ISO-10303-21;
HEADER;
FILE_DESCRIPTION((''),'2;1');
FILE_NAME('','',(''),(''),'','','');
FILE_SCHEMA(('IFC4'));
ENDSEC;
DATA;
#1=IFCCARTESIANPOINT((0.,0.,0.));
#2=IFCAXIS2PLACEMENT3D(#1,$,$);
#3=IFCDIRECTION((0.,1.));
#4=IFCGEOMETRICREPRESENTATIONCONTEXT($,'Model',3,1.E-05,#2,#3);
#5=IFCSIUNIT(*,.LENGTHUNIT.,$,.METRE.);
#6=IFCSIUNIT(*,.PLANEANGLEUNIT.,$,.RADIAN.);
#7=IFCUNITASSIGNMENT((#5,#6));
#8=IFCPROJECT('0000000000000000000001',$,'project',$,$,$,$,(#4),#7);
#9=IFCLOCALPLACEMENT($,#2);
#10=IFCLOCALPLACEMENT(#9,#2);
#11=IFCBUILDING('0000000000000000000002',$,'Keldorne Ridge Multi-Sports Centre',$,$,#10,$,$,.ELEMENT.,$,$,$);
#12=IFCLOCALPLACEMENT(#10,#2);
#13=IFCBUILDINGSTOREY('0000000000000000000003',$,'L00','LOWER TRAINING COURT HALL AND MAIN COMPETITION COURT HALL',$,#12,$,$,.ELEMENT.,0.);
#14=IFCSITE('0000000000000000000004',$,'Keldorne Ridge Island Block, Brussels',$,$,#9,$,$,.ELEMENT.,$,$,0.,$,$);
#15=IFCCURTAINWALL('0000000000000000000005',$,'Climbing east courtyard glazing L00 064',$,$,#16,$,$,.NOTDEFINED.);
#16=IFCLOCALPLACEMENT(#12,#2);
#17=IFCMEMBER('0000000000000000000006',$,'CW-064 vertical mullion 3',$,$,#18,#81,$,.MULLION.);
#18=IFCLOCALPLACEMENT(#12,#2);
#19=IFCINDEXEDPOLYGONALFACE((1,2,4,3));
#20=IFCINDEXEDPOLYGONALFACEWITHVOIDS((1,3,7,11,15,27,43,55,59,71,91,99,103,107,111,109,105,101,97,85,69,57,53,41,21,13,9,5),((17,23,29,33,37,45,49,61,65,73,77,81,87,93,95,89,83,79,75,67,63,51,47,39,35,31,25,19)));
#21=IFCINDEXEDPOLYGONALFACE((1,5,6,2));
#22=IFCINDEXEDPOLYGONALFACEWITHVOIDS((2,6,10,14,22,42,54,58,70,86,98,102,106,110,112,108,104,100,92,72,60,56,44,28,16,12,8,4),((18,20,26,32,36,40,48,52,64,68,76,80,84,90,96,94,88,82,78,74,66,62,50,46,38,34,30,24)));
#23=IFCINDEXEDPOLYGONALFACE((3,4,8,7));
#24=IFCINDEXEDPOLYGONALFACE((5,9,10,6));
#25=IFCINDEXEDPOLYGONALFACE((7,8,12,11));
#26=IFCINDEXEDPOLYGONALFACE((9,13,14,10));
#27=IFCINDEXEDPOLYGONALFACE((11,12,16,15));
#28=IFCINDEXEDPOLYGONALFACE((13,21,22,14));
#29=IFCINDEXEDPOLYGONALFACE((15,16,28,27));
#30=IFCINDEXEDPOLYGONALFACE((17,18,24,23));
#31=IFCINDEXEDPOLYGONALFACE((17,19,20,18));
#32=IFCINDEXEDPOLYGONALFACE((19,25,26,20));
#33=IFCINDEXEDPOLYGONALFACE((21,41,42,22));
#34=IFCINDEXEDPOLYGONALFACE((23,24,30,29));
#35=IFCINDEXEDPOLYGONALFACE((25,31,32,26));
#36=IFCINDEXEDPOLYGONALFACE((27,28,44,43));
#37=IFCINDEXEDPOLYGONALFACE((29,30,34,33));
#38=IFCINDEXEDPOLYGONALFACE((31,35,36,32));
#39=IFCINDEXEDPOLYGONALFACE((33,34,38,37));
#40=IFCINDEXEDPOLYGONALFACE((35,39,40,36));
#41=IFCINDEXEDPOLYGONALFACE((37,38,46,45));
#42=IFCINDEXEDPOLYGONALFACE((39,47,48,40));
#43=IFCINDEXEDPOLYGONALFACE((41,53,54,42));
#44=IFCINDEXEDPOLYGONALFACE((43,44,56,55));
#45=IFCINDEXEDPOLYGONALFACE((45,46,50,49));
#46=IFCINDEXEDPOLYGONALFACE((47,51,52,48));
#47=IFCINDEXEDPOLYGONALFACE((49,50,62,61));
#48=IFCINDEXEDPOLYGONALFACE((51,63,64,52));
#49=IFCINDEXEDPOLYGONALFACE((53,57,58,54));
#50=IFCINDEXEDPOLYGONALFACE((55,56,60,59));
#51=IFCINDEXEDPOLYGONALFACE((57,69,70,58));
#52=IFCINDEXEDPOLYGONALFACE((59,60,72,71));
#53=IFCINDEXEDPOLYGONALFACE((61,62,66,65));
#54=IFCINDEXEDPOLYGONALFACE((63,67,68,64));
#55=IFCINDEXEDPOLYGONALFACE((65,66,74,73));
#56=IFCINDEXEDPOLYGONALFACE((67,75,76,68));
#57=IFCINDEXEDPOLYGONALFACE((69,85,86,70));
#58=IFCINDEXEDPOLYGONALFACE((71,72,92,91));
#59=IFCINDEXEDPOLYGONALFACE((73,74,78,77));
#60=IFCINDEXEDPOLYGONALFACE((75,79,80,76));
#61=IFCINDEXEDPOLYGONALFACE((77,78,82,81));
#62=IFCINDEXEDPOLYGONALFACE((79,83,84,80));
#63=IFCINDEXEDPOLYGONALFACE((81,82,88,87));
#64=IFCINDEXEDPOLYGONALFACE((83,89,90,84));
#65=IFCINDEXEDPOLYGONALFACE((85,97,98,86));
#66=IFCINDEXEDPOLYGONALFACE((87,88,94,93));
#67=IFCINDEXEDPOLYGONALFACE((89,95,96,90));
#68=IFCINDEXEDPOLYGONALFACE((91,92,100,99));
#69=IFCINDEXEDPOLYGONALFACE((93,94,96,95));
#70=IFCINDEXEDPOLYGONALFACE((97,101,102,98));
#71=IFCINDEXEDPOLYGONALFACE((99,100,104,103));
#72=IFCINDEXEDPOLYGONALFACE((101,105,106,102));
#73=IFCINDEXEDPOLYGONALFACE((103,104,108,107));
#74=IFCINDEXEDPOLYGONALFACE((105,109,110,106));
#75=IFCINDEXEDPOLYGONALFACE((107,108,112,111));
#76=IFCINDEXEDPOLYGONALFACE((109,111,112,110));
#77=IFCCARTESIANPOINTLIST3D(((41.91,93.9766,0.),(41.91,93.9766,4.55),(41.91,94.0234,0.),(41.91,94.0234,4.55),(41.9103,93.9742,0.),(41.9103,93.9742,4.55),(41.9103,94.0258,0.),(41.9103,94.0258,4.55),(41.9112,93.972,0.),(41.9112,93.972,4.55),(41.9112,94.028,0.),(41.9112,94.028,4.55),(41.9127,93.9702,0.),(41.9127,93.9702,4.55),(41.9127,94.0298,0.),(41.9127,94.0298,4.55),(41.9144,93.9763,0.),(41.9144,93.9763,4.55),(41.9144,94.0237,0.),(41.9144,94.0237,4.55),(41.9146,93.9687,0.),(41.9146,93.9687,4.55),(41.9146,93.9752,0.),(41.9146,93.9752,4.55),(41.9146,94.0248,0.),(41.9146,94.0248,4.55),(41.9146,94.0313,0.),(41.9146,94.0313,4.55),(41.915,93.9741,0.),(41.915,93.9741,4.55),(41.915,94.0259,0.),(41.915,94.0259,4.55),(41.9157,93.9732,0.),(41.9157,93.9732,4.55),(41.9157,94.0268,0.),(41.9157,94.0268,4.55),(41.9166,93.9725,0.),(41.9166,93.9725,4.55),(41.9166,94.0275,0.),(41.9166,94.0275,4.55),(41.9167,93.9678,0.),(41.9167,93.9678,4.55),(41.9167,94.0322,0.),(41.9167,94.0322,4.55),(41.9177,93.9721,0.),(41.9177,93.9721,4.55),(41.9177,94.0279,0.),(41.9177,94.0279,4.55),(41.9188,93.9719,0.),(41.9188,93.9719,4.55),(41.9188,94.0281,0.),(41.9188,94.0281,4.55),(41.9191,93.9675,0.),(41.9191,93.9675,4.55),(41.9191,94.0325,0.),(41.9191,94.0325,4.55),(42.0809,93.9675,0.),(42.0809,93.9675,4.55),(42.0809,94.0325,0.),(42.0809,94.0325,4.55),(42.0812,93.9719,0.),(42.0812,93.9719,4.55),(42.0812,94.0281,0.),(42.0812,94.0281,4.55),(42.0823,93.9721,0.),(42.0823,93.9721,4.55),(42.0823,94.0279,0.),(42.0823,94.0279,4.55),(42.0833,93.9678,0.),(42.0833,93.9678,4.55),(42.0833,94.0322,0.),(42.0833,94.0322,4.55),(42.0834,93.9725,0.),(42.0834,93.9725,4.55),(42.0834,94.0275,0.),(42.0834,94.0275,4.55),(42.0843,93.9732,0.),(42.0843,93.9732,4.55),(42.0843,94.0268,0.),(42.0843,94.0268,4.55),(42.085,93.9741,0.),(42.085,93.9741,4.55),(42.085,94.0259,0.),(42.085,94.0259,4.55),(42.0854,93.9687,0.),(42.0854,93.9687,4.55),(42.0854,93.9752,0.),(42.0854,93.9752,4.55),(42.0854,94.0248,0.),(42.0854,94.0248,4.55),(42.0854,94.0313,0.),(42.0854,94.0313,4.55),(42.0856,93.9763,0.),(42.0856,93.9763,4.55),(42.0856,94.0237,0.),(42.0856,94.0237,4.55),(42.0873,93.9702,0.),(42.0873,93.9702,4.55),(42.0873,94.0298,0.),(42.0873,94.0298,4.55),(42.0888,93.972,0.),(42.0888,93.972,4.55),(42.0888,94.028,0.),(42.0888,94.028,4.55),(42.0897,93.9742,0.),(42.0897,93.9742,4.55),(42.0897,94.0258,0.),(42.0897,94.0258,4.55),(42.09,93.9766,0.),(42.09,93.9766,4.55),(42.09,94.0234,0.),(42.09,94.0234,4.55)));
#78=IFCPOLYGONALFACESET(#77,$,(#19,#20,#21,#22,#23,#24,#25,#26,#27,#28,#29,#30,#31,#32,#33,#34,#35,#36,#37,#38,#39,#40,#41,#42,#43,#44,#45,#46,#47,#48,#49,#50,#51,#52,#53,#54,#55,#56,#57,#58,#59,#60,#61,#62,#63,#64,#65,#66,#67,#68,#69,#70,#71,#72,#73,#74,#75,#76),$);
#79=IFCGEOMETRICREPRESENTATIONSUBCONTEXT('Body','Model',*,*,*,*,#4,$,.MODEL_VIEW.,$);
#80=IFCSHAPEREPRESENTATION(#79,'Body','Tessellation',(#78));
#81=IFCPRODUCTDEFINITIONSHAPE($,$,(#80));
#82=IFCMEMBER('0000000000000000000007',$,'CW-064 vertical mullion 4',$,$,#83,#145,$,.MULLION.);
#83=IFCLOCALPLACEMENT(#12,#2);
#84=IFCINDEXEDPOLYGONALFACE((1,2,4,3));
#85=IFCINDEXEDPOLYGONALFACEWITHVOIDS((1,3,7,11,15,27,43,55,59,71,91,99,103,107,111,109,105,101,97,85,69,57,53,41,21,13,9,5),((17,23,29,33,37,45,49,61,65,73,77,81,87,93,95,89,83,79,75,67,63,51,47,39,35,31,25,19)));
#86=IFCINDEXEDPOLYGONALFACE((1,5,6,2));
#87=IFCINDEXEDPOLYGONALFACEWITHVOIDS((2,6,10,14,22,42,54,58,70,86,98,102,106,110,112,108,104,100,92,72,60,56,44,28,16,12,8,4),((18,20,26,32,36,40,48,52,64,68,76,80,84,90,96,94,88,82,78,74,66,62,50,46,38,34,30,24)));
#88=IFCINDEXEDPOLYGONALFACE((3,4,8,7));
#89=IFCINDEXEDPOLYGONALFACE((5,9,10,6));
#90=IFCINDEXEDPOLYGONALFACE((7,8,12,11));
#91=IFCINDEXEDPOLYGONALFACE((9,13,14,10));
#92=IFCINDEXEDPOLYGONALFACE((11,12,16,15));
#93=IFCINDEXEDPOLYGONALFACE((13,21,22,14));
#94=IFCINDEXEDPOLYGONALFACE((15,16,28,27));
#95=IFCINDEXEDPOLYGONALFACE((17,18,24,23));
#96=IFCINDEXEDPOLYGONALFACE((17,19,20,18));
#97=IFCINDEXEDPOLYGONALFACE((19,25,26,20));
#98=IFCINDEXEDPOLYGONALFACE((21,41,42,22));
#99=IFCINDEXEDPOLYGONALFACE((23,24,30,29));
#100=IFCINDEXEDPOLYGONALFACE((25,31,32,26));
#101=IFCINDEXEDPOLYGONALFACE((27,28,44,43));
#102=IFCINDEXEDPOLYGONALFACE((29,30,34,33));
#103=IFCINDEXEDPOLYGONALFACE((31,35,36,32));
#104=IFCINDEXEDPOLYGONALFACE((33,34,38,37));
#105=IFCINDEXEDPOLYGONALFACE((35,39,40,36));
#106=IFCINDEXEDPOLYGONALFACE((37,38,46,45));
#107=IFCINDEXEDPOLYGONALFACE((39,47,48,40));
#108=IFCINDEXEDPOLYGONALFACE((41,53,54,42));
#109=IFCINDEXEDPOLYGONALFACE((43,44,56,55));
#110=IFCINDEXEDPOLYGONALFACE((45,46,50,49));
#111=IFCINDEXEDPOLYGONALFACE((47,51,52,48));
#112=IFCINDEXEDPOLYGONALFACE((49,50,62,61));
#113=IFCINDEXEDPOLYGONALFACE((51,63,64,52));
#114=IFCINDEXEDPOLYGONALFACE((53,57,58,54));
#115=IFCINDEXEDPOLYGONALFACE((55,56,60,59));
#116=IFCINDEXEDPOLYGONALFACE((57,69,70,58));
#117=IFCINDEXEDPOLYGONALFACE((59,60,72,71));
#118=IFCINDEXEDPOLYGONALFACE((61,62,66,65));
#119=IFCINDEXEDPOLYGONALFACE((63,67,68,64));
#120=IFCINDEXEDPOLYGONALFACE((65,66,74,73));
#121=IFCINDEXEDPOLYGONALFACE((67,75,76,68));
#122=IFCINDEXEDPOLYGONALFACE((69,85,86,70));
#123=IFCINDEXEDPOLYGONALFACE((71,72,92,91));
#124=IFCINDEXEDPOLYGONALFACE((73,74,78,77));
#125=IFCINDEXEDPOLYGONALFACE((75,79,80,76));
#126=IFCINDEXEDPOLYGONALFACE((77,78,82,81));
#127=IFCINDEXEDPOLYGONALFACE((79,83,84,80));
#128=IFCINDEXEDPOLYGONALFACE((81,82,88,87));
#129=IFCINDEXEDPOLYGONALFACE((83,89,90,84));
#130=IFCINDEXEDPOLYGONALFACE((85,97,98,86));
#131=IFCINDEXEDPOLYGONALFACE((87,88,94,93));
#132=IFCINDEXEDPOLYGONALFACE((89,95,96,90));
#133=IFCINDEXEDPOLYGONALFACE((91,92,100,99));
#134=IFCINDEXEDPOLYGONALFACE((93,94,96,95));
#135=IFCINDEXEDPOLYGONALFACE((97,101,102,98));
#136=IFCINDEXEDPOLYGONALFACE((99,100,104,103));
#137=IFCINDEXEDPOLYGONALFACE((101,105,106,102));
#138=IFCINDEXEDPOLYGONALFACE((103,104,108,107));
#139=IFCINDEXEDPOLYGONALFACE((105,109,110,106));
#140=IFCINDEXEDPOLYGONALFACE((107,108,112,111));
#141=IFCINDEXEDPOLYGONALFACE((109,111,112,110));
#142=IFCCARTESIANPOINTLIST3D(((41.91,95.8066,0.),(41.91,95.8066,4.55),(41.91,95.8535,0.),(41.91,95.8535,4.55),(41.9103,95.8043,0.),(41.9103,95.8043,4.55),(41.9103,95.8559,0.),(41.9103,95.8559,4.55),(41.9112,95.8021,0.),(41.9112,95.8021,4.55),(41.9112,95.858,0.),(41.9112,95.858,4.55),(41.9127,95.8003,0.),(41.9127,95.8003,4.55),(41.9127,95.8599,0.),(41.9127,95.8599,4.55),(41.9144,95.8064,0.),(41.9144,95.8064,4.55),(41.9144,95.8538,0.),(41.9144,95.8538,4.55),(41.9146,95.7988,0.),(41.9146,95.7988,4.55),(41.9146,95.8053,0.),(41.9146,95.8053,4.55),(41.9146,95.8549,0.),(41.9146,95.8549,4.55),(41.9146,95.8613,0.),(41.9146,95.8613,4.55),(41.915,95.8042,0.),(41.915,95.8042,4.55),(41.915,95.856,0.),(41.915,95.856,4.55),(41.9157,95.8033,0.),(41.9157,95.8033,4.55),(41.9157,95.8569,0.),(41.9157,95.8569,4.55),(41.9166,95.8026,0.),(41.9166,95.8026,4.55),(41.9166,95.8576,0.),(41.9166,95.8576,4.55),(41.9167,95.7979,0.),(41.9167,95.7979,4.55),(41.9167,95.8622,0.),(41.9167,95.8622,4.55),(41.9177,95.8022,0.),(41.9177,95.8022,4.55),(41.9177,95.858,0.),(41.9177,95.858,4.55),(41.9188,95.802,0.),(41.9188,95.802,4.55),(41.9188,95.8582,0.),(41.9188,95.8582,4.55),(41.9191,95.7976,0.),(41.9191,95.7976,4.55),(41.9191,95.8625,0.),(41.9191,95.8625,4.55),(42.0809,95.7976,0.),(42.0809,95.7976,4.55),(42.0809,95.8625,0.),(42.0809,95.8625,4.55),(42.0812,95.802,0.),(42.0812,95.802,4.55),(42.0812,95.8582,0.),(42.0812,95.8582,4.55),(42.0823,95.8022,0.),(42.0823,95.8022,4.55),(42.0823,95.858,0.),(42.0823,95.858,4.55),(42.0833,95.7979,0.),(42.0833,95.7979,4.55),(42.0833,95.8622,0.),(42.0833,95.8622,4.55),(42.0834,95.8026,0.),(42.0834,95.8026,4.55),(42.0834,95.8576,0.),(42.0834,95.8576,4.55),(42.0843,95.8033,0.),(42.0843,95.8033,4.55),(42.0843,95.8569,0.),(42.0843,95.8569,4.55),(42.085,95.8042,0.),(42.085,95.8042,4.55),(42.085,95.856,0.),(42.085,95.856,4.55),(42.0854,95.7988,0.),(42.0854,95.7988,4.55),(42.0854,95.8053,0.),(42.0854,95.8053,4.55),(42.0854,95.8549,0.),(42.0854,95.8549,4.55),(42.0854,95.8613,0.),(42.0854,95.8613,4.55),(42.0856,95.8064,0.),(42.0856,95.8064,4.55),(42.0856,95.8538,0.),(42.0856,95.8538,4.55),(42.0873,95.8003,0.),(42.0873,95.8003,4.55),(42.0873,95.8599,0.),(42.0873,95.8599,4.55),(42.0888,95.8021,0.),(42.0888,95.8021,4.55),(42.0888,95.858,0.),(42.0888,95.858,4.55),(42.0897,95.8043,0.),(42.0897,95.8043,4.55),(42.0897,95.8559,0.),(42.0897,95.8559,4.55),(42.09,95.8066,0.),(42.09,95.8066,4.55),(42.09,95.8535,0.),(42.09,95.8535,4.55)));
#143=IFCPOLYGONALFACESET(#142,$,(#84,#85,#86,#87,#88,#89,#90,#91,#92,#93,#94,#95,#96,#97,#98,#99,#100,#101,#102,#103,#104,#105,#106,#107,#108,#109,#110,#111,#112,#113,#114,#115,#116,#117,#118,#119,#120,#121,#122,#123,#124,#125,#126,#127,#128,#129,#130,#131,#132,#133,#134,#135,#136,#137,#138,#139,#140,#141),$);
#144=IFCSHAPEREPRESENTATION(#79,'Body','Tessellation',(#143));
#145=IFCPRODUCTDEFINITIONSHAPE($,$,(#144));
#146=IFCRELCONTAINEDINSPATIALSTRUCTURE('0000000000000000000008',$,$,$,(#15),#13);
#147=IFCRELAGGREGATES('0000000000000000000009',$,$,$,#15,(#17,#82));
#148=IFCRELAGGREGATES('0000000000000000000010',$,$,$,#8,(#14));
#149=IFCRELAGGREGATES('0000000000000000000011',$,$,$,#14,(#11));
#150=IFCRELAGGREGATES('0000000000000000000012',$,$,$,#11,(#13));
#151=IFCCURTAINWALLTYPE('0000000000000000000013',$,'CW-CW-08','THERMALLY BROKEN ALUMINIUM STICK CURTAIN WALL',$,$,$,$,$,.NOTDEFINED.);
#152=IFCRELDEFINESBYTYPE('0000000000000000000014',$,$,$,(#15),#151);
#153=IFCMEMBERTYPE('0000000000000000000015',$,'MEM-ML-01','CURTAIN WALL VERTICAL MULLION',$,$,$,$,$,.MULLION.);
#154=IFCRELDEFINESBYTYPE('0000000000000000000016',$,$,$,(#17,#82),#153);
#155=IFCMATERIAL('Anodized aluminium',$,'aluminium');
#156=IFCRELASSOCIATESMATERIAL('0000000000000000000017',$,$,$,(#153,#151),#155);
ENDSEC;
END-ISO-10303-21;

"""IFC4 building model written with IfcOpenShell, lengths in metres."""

from ifc_helpers import new_model, si_unit, direction, frame, origin, origin_2d, place, context, subcontext, project, spatial, hollow_rectangle, extrude, material, material_profile, profile_set, type_object, element, aggregate, save


model = new_model("IFC4")

# Units and contexts
model_context = context("Model", 3, precision=1e-05, world=origin(), true_north=direction((0.0, 1.0)))
body_context = subcontext(model_context, "Body", "Model", "MODEL_VIEW")
ifc_project = project(units=[si_unit("LENGTHUNIT", "METRE"), si_unit("PLANEANGLEUNIT", "RADIAN")], contexts=[model_context])

# Site, building, storey
site_placement = place(None, origin())
site = spatial("IfcSite", under=ifc_project, at=site_placement, Name="Keldorne Ridge Island Block, Brussels", CompositionType="ELEMENT", RefElevation=0.0)
building_placement = place(site_placement, origin())
building = spatial("IfcBuilding", under=site, at=building_placement, Name="Keldorne Ridge Multi-Sports Centre", CompositionType="ELEMENT")
storey_placement = place(building_placement, origin())
storey = spatial("IfcBuildingStorey", under=building, at=storey_placement, Name="L00", Description="LOWER TRAINING COURT HALL AND MAIN COMPETITION COURT HALL", CompositionType="ELEMENT", Elevation=0.0)

# Shared definitions
ifc_material_1 = material(Name="Anodized aluminium", Category="aluminium")
ifc_material_profile_1 = material_profile(ifc_material_1, hollow_rectangle(XDim=0.0649, YDim=0.1799, WallThickness=0.0044, InnerFilletRadius=0.0044, OuterFilletRadius=0.009, at=origin_2d()), Name="ALU MULLION 180x65x4.5")
ifc_profile_set_1 = profile_set([ifc_material_profile_1], Name="Anodized aluminium")
member_type_1 = type_object("IfcMemberType", Name="MEM-ML-01", Description="CURTAIN WALL VERTICAL MULLION", PredefinedType="MULLION", material=ifc_profile_set_1)

# Curtain wall, members
curtain_wall_type_1 = type_object("IfcCurtainWallType", Name="CW-CW-08", Description="THERMALLY BROKEN ALUMINIUM STICK CURTAIN WALL", PredefinedType="NOTDEFINED", material=ifc_material_1)
curtain_wall_1_placement = place(storey_placement, origin())
curtain_wall_1 = element("IfcCurtainWall", 1, at=curtain_wall_1_placement, inside=storey, type_object=curtain_wall_type_1, Name="Climbing east courtyard glazing L00 064", PredefinedType="NOTDEFINED")
member_1_placement = place(storey_placement, frame((42.0, 94.0, 0.0), z_axis=(0.0, 0.0, 1.0), x_axis=(0.0, 1.0, 0.0)))
member_1 = element("IfcMember", 2, at=member_1_placement, type_object=member_type_1, Name="CW-064 vertical mullion 3", PredefinedType="MULLION", context=body_context, shape_type="SweptSolid", body=[
    extrude(hollow_rectangle(XDim=0.0649, YDim=0.1799, WallThickness=0.0044, InnerFilletRadius=0.0044, OuterFilletRadius=0.009, at=origin_2d()), origin(), (0.0, 0.0, 1.0), 4.55),
])
member_2_placement = place(storey_placement, frame((42.0, 95.8301, 0.0), z_axis=(0.0, 0.0, 1.0), x_axis=(0.0, 1.0, 0.0)))
member_2 = element("IfcMember", 3, at=member_2_placement, type_object=member_type_1, Name="CW-064 vertical mullion 4", PredefinedType="MULLION", context=body_context, shape_type="SweptSolid", body=[
    extrude(hollow_rectangle(XDim=0.0649, YDim=0.1799, WallThickness=0.0044, InnerFilletRadius=0.0044, OuterFilletRadius=0.009, at=origin_2d()), origin(), (0.0, 0.0, 1.0), 4.55),
])
aggregate(curtain_wall_1, [member_1, member_2])

save(model, "model.ifc")
